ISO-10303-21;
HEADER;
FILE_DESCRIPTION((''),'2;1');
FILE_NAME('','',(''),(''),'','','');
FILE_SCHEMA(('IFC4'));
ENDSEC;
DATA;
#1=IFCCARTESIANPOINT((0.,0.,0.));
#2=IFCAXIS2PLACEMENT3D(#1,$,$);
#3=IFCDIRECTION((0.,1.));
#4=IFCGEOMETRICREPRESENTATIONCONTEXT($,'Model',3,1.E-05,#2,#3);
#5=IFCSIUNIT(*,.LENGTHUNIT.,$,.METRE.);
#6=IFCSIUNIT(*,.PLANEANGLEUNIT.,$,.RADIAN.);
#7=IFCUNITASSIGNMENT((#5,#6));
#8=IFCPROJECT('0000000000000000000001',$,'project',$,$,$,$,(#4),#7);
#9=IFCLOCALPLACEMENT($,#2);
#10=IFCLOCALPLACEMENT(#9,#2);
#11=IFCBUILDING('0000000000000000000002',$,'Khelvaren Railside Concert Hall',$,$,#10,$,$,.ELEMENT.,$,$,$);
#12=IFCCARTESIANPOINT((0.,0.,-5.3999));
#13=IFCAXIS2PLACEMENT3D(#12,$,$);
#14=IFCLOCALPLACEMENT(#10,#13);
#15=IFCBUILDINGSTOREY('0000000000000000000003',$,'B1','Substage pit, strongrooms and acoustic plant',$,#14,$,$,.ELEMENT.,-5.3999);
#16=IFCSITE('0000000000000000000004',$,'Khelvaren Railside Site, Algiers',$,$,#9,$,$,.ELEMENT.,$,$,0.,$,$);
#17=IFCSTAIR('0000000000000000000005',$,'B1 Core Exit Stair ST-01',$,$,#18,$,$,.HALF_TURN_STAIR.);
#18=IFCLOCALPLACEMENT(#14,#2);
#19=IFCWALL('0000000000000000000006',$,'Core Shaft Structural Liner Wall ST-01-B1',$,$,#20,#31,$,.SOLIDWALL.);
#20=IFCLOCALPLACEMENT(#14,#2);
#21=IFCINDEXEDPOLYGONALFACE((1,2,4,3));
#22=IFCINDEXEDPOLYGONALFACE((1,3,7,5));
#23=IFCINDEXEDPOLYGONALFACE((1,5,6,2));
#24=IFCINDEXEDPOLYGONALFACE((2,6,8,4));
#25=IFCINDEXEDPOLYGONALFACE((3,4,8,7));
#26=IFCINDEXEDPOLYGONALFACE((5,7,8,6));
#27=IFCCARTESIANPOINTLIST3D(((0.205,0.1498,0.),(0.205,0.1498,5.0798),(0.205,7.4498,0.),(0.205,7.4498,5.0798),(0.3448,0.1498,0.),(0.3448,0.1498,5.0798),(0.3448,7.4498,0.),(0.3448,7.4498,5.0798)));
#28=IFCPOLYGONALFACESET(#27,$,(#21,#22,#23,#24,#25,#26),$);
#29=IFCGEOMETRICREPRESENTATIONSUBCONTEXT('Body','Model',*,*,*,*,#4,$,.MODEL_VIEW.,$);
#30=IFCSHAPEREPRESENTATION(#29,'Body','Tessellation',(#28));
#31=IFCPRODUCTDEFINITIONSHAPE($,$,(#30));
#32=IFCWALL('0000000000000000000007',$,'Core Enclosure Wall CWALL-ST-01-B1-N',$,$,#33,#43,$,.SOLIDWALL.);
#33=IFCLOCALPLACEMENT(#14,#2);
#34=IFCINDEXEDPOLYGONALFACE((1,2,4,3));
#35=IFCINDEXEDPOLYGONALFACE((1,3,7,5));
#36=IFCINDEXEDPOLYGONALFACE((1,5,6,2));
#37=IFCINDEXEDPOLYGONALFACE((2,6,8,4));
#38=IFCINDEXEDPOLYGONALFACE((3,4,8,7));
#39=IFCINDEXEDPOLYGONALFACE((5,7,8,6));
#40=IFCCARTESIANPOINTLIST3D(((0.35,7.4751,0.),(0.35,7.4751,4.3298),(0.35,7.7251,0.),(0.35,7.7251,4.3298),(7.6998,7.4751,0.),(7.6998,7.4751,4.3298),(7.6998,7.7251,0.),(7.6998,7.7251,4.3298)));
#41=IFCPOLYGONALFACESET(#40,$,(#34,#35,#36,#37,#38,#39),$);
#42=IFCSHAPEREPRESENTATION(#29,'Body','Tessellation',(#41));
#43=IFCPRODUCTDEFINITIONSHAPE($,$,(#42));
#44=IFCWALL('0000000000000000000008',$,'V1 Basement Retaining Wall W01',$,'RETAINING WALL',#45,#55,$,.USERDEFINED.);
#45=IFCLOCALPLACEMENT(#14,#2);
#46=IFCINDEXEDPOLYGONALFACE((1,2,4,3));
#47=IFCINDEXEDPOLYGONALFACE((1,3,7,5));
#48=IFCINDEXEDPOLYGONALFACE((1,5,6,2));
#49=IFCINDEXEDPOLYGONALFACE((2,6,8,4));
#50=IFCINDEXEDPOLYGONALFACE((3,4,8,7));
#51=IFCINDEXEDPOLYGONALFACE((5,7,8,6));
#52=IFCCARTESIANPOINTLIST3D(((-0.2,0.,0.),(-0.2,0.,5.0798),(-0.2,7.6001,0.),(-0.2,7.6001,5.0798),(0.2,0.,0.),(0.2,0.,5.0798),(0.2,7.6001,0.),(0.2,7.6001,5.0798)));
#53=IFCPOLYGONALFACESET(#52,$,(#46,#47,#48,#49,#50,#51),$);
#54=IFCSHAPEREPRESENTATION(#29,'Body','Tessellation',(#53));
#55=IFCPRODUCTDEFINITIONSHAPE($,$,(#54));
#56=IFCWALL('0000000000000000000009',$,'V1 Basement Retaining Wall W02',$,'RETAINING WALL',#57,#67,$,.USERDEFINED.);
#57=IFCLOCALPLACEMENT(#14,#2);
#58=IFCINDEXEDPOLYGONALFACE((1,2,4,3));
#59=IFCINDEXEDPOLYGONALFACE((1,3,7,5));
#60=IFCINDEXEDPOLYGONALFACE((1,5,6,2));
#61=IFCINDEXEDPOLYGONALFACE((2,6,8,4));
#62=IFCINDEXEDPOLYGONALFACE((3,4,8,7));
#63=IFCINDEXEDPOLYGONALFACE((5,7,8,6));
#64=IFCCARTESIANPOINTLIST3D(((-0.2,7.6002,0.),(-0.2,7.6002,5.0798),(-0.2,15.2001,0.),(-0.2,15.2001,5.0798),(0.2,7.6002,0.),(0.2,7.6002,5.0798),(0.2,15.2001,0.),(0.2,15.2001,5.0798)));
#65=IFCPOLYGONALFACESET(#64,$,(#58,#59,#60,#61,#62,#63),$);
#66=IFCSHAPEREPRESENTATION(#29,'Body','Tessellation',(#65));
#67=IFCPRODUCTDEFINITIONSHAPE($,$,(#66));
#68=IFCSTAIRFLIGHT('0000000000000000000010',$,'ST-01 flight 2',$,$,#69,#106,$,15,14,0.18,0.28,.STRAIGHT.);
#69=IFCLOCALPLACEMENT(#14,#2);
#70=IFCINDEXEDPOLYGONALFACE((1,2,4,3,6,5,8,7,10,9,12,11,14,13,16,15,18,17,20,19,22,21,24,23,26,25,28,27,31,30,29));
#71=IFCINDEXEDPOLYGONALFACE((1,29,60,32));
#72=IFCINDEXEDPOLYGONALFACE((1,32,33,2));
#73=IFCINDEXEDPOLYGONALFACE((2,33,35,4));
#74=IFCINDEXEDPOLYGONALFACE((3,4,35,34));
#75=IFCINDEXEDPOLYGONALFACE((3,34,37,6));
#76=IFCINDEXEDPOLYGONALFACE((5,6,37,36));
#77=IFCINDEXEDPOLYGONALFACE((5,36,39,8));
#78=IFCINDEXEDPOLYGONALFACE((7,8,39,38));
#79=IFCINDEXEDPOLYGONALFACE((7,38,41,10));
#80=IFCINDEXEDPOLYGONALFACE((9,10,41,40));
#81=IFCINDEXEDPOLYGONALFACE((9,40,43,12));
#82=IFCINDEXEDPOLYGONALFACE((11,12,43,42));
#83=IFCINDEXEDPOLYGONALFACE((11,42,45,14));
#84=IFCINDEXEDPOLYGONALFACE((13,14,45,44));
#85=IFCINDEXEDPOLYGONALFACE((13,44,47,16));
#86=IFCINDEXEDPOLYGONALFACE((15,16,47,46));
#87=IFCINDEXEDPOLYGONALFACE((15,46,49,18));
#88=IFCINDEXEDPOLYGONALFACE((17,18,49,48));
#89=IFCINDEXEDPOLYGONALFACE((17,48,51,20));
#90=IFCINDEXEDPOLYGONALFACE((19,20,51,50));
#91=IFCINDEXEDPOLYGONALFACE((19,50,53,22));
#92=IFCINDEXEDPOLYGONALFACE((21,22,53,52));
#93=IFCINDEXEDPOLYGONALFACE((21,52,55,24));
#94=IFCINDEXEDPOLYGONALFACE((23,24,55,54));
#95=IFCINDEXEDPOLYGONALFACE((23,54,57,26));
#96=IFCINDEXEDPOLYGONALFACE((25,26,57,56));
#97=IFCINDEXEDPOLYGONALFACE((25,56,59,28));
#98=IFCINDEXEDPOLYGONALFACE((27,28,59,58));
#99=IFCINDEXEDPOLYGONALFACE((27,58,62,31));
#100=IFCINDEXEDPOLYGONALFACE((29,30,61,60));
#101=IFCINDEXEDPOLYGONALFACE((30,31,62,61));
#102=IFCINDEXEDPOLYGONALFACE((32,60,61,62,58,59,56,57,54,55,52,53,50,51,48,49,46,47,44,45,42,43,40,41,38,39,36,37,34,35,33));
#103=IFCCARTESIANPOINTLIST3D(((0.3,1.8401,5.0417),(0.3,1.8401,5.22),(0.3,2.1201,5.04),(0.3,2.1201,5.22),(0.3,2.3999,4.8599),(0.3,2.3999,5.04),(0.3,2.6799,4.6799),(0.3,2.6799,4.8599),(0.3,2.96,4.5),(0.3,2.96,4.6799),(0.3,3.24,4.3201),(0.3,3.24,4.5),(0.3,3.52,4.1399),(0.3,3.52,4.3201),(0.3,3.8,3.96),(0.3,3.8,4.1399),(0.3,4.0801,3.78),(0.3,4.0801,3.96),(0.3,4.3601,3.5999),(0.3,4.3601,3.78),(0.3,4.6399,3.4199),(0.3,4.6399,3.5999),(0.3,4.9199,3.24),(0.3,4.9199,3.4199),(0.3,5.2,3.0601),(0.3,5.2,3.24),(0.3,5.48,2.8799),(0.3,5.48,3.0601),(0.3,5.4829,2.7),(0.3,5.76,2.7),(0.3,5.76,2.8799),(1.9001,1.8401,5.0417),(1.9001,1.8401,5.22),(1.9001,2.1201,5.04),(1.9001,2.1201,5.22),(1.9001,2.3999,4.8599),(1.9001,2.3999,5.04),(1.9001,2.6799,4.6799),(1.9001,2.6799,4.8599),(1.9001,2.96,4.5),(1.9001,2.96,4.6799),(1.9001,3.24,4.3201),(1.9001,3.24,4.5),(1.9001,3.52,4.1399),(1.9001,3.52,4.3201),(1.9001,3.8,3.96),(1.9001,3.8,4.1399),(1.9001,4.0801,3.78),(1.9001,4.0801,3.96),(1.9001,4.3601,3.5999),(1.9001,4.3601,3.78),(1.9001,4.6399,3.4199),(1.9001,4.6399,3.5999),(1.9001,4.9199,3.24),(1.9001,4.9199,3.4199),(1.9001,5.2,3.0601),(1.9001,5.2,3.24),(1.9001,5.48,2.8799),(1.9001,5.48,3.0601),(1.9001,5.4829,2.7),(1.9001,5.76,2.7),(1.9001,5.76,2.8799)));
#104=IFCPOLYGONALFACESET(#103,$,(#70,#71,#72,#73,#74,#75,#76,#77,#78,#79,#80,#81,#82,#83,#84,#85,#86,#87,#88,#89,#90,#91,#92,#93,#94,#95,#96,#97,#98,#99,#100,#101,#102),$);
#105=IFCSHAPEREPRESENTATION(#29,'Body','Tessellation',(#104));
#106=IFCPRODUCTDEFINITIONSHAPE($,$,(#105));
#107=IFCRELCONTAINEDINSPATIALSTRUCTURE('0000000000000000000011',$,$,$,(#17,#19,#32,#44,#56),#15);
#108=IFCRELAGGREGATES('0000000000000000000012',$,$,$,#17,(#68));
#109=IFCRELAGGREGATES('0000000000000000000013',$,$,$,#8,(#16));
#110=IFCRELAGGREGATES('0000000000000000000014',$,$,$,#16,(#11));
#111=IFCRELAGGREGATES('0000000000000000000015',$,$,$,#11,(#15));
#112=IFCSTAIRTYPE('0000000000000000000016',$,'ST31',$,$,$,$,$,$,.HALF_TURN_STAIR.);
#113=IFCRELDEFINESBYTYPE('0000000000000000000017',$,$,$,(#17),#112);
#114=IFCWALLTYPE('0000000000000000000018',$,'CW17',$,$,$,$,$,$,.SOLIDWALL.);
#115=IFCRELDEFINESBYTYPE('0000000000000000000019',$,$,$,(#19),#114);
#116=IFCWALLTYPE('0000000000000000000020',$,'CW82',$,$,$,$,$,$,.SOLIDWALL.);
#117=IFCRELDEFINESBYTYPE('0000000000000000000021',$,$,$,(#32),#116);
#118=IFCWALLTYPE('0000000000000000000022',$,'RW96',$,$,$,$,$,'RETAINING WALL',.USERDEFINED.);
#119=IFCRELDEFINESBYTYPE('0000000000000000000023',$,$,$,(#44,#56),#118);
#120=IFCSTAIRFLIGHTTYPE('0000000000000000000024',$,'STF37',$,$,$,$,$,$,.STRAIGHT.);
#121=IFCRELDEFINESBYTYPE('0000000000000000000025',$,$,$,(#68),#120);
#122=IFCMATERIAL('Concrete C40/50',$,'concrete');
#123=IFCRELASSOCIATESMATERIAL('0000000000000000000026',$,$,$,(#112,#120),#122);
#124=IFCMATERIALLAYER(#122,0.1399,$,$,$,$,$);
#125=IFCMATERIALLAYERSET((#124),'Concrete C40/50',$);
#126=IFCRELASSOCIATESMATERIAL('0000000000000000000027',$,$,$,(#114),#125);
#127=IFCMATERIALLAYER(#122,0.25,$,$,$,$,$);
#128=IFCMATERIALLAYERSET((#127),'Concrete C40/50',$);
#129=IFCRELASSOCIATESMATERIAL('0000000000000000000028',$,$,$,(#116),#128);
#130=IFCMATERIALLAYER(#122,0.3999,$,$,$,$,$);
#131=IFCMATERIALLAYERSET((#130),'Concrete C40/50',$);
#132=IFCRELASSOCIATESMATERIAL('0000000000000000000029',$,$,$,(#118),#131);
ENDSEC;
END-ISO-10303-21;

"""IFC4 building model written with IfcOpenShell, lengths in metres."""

from ifc_helpers import new_model, si_unit, direction, frame, frame_2d, origin, place, context, subcontext, project, spatial, polyline, rectangle, outline, extrude, material, layer, layer_set, type_object, element, aggregate, save


model = new_model("IFC4")

# Units and contexts
model_context = context("Model", 3, precision=1e-05, world=origin(), true_north=direction((0.0, 1.0)))
body_context = subcontext(model_context, "Body", "Model", "MODEL_VIEW")
ifc_project = project(units=[si_unit("LENGTHUNIT", "METRE"), si_unit("PLANEANGLEUNIT", "RADIAN")], contexts=[model_context])

# Site, building, storey
site_placement = place(None, origin())
site = spatial("IfcSite", under=ifc_project, at=site_placement, Name="Khelvaren Railside Site, Algiers", CompositionType="ELEMENT", RefElevation=0.0)
building_placement = place(site_placement, origin())
building = spatial("IfcBuilding", under=site, at=building_placement, Name="Khelvaren Railside Concert Hall", CompositionType="ELEMENT")
storey_placement = place(building_placement, frame((0.0, 0.0, -5.3999)))
storey = spatial("IfcBuildingStorey", under=building, at=storey_placement, Name="B1", Description="Substage pit, strongrooms and acoustic plant", CompositionType="ELEMENT", Elevation=-5.3999)

# Stair
ifc_material_1 = material(Name="Concrete C40/50", Category="concrete")
stair_type_1 = type_object("IfcStairType", Name="ST31", PredefinedType="HALF_TURN_STAIR", material=ifc_material_1)
stair_1_placement = place(storey_placement, origin())
stair_1 = element("IfcStair", 1, at=stair_1_placement, inside=storey, type_object=stair_type_1, Name="B1 Core Exit Stair ST-01", PredefinedType="HALF_TURN_STAIR")

# Walls
ifc_layer_1 = layer(ifc_material_1, 0.1399)
ifc_layer_set_1 = layer_set([ifc_layer_1], Name="Concrete C40/50")
wall_type_1 = type_object("IfcWallType", Name="CW17", PredefinedType="SOLIDWALL", material=ifc_layer_set_1)
wall_1_placement = place(storey_placement, frame((0.2749, 0.1499, 0.0), z_axis=(0.0, 0.0, 1.0), x_axis=(0.0, 1.0, 0.0)))
element("IfcWall", 2, at=wall_1_placement, inside=storey, type_object=wall_type_1, Name="Core Shaft Structural Liner Wall ST-01-B1", PredefinedType="SOLIDWALL", context=body_context, shape_type="SweptSolid", body=[
    extrude(rectangle(XDim=7.3, YDim=0.1399, at=frame_2d((3.6499, 0.0))), origin(), (0.0, 0.0, 1.0), 5.0798),
])
ifc_layer_2 = layer(ifc_material_1, 0.25)
ifc_layer_set_2 = layer_set([ifc_layer_2], Name="Concrete C40/50")
wall_type_2 = type_object("IfcWallType", Name="CW82", PredefinedType="SOLIDWALL", material=ifc_layer_set_2)
wall_2_placement = place(storey_placement, frame((0.3501, 7.6001, 0.0), z_axis=(0.0, 0.0, 1.0), x_axis=(1.0, 0.0, 0.0)))
element("IfcWall", 3, at=wall_2_placement, inside=storey, type_object=wall_type_2, Name="Core Enclosure Wall CWALL-ST-01-B1-N", PredefinedType="SOLIDWALL", context=body_context, shape_type="SweptSolid", body=[
    extrude(rectangle(XDim=7.3499, YDim=0.25, at=frame_2d((3.6748, 0.0))), origin(), (0.0, 0.0, 1.0), 4.3298),
])
ifc_layer_3 = layer(ifc_material_1, 0.3999)
ifc_layer_set_3 = layer_set([ifc_layer_3], Name="Concrete C40/50")
wall_type_3 = type_object("IfcWallType", Name="RW96", ElementType="RETAINING WALL", PredefinedType="USERDEFINED", material=ifc_layer_set_3)
wall_3_placement = place(storey_placement, frame((0.0, 7.6001, 0.0), z_axis=(0.0, 0.0, 1.0), x_axis=(0.0, -1.0, 0.0)))
element("IfcWall", 4, at=wall_3_placement, inside=storey, type_object=wall_type_3, Name="V1 Basement Retaining Wall W01", ObjectType="RETAINING WALL", PredefinedType="USERDEFINED", context=body_context, shape_type="SweptSolid", body=[
    extrude(rectangle(XDim=7.6001, YDim=0.3999, at=frame_2d((3.8, 0.0))), origin(), (0.0, 0.0, 1.0), 5.0798),
])
wall_4_placement = place(storey_placement, frame((0.0, 15.2, 0.0), z_axis=(0.0, 0.0, 1.0), x_axis=(0.0, -1.0, 0.0)))
element("IfcWall", 5, at=wall_4_placement, inside=storey, type_object=wall_type_3, Name="V1 Basement Retaining Wall W02", ObjectType="RETAINING WALL", PredefinedType="USERDEFINED", context=body_context, shape_type="SweptSolid", body=[
    extrude(rectangle(XDim=7.5999, YDim=0.3999, at=frame_2d((3.7998, 0.0))), origin(), (0.0, 0.0, 1.0), 5.0798),
])

# Stair flight
stair_flight_type = type_object("IfcStairFlightType", Name="STF37", PredefinedType="STRAIGHT", material=ifc_material_1)
stair_flight_placement = place(storey_placement, frame((1.1001, 5.76, 2.7), z_axis=(0.0, 0.0, 1.0), x_axis=(0.0, -1.0, 0.0)))
stair_flight = element("IfcStairFlight", 6, at=stair_flight_placement, type_object=stair_flight_type, Name="ST-01 flight 2", NumberOfRisers=15, NumberOfTreads=14, PredefinedType="STRAIGHT", RiserHeight=0.18, TreadLength=0.28, context=body_context, shape_type="SweptSolid", body=[
    extrude(outline(polyline([(0.0, 0.0), (0.0, 0.1799), (0.28, 0.1799), (0.28, 0.3601), (0.5601, 0.3601), (0.5601, 0.54), (0.8401, 0.54), (0.8401, 0.72), (1.1201, 0.72), (1.1201, 0.8999), (1.3999, 0.8999), (1.3999, 1.0801), (1.6799, 1.0801), (1.6799, 1.26), (1.96, 1.26), (1.96, 1.4399), (2.24, 1.4399), (2.24, 1.6201), (2.52, 1.6201), (2.52, 1.8), (2.8, 1.8), (2.8, 1.98), (3.0801, 1.98), (3.0801, 2.1599), (3.3601, 2.1599), (3.3601, 2.3401), (3.6399, 2.3401), (3.6399, 2.52), (3.9199, 2.52), (3.9199, 2.7), (3.9199, 2.3418), (0.2771, 0.0), (0.0, 0.0)])), frame((0.0, 0.8, 0.0), z_axis=(0.0, -1.0, 0.0), x_axis=(1.0, 0.0, 0.0)), (0.0, 0.0, 1.0), 1.6001),
])
aggregate(stair_1, [stair_flight])

save(model, "model.ifc")
